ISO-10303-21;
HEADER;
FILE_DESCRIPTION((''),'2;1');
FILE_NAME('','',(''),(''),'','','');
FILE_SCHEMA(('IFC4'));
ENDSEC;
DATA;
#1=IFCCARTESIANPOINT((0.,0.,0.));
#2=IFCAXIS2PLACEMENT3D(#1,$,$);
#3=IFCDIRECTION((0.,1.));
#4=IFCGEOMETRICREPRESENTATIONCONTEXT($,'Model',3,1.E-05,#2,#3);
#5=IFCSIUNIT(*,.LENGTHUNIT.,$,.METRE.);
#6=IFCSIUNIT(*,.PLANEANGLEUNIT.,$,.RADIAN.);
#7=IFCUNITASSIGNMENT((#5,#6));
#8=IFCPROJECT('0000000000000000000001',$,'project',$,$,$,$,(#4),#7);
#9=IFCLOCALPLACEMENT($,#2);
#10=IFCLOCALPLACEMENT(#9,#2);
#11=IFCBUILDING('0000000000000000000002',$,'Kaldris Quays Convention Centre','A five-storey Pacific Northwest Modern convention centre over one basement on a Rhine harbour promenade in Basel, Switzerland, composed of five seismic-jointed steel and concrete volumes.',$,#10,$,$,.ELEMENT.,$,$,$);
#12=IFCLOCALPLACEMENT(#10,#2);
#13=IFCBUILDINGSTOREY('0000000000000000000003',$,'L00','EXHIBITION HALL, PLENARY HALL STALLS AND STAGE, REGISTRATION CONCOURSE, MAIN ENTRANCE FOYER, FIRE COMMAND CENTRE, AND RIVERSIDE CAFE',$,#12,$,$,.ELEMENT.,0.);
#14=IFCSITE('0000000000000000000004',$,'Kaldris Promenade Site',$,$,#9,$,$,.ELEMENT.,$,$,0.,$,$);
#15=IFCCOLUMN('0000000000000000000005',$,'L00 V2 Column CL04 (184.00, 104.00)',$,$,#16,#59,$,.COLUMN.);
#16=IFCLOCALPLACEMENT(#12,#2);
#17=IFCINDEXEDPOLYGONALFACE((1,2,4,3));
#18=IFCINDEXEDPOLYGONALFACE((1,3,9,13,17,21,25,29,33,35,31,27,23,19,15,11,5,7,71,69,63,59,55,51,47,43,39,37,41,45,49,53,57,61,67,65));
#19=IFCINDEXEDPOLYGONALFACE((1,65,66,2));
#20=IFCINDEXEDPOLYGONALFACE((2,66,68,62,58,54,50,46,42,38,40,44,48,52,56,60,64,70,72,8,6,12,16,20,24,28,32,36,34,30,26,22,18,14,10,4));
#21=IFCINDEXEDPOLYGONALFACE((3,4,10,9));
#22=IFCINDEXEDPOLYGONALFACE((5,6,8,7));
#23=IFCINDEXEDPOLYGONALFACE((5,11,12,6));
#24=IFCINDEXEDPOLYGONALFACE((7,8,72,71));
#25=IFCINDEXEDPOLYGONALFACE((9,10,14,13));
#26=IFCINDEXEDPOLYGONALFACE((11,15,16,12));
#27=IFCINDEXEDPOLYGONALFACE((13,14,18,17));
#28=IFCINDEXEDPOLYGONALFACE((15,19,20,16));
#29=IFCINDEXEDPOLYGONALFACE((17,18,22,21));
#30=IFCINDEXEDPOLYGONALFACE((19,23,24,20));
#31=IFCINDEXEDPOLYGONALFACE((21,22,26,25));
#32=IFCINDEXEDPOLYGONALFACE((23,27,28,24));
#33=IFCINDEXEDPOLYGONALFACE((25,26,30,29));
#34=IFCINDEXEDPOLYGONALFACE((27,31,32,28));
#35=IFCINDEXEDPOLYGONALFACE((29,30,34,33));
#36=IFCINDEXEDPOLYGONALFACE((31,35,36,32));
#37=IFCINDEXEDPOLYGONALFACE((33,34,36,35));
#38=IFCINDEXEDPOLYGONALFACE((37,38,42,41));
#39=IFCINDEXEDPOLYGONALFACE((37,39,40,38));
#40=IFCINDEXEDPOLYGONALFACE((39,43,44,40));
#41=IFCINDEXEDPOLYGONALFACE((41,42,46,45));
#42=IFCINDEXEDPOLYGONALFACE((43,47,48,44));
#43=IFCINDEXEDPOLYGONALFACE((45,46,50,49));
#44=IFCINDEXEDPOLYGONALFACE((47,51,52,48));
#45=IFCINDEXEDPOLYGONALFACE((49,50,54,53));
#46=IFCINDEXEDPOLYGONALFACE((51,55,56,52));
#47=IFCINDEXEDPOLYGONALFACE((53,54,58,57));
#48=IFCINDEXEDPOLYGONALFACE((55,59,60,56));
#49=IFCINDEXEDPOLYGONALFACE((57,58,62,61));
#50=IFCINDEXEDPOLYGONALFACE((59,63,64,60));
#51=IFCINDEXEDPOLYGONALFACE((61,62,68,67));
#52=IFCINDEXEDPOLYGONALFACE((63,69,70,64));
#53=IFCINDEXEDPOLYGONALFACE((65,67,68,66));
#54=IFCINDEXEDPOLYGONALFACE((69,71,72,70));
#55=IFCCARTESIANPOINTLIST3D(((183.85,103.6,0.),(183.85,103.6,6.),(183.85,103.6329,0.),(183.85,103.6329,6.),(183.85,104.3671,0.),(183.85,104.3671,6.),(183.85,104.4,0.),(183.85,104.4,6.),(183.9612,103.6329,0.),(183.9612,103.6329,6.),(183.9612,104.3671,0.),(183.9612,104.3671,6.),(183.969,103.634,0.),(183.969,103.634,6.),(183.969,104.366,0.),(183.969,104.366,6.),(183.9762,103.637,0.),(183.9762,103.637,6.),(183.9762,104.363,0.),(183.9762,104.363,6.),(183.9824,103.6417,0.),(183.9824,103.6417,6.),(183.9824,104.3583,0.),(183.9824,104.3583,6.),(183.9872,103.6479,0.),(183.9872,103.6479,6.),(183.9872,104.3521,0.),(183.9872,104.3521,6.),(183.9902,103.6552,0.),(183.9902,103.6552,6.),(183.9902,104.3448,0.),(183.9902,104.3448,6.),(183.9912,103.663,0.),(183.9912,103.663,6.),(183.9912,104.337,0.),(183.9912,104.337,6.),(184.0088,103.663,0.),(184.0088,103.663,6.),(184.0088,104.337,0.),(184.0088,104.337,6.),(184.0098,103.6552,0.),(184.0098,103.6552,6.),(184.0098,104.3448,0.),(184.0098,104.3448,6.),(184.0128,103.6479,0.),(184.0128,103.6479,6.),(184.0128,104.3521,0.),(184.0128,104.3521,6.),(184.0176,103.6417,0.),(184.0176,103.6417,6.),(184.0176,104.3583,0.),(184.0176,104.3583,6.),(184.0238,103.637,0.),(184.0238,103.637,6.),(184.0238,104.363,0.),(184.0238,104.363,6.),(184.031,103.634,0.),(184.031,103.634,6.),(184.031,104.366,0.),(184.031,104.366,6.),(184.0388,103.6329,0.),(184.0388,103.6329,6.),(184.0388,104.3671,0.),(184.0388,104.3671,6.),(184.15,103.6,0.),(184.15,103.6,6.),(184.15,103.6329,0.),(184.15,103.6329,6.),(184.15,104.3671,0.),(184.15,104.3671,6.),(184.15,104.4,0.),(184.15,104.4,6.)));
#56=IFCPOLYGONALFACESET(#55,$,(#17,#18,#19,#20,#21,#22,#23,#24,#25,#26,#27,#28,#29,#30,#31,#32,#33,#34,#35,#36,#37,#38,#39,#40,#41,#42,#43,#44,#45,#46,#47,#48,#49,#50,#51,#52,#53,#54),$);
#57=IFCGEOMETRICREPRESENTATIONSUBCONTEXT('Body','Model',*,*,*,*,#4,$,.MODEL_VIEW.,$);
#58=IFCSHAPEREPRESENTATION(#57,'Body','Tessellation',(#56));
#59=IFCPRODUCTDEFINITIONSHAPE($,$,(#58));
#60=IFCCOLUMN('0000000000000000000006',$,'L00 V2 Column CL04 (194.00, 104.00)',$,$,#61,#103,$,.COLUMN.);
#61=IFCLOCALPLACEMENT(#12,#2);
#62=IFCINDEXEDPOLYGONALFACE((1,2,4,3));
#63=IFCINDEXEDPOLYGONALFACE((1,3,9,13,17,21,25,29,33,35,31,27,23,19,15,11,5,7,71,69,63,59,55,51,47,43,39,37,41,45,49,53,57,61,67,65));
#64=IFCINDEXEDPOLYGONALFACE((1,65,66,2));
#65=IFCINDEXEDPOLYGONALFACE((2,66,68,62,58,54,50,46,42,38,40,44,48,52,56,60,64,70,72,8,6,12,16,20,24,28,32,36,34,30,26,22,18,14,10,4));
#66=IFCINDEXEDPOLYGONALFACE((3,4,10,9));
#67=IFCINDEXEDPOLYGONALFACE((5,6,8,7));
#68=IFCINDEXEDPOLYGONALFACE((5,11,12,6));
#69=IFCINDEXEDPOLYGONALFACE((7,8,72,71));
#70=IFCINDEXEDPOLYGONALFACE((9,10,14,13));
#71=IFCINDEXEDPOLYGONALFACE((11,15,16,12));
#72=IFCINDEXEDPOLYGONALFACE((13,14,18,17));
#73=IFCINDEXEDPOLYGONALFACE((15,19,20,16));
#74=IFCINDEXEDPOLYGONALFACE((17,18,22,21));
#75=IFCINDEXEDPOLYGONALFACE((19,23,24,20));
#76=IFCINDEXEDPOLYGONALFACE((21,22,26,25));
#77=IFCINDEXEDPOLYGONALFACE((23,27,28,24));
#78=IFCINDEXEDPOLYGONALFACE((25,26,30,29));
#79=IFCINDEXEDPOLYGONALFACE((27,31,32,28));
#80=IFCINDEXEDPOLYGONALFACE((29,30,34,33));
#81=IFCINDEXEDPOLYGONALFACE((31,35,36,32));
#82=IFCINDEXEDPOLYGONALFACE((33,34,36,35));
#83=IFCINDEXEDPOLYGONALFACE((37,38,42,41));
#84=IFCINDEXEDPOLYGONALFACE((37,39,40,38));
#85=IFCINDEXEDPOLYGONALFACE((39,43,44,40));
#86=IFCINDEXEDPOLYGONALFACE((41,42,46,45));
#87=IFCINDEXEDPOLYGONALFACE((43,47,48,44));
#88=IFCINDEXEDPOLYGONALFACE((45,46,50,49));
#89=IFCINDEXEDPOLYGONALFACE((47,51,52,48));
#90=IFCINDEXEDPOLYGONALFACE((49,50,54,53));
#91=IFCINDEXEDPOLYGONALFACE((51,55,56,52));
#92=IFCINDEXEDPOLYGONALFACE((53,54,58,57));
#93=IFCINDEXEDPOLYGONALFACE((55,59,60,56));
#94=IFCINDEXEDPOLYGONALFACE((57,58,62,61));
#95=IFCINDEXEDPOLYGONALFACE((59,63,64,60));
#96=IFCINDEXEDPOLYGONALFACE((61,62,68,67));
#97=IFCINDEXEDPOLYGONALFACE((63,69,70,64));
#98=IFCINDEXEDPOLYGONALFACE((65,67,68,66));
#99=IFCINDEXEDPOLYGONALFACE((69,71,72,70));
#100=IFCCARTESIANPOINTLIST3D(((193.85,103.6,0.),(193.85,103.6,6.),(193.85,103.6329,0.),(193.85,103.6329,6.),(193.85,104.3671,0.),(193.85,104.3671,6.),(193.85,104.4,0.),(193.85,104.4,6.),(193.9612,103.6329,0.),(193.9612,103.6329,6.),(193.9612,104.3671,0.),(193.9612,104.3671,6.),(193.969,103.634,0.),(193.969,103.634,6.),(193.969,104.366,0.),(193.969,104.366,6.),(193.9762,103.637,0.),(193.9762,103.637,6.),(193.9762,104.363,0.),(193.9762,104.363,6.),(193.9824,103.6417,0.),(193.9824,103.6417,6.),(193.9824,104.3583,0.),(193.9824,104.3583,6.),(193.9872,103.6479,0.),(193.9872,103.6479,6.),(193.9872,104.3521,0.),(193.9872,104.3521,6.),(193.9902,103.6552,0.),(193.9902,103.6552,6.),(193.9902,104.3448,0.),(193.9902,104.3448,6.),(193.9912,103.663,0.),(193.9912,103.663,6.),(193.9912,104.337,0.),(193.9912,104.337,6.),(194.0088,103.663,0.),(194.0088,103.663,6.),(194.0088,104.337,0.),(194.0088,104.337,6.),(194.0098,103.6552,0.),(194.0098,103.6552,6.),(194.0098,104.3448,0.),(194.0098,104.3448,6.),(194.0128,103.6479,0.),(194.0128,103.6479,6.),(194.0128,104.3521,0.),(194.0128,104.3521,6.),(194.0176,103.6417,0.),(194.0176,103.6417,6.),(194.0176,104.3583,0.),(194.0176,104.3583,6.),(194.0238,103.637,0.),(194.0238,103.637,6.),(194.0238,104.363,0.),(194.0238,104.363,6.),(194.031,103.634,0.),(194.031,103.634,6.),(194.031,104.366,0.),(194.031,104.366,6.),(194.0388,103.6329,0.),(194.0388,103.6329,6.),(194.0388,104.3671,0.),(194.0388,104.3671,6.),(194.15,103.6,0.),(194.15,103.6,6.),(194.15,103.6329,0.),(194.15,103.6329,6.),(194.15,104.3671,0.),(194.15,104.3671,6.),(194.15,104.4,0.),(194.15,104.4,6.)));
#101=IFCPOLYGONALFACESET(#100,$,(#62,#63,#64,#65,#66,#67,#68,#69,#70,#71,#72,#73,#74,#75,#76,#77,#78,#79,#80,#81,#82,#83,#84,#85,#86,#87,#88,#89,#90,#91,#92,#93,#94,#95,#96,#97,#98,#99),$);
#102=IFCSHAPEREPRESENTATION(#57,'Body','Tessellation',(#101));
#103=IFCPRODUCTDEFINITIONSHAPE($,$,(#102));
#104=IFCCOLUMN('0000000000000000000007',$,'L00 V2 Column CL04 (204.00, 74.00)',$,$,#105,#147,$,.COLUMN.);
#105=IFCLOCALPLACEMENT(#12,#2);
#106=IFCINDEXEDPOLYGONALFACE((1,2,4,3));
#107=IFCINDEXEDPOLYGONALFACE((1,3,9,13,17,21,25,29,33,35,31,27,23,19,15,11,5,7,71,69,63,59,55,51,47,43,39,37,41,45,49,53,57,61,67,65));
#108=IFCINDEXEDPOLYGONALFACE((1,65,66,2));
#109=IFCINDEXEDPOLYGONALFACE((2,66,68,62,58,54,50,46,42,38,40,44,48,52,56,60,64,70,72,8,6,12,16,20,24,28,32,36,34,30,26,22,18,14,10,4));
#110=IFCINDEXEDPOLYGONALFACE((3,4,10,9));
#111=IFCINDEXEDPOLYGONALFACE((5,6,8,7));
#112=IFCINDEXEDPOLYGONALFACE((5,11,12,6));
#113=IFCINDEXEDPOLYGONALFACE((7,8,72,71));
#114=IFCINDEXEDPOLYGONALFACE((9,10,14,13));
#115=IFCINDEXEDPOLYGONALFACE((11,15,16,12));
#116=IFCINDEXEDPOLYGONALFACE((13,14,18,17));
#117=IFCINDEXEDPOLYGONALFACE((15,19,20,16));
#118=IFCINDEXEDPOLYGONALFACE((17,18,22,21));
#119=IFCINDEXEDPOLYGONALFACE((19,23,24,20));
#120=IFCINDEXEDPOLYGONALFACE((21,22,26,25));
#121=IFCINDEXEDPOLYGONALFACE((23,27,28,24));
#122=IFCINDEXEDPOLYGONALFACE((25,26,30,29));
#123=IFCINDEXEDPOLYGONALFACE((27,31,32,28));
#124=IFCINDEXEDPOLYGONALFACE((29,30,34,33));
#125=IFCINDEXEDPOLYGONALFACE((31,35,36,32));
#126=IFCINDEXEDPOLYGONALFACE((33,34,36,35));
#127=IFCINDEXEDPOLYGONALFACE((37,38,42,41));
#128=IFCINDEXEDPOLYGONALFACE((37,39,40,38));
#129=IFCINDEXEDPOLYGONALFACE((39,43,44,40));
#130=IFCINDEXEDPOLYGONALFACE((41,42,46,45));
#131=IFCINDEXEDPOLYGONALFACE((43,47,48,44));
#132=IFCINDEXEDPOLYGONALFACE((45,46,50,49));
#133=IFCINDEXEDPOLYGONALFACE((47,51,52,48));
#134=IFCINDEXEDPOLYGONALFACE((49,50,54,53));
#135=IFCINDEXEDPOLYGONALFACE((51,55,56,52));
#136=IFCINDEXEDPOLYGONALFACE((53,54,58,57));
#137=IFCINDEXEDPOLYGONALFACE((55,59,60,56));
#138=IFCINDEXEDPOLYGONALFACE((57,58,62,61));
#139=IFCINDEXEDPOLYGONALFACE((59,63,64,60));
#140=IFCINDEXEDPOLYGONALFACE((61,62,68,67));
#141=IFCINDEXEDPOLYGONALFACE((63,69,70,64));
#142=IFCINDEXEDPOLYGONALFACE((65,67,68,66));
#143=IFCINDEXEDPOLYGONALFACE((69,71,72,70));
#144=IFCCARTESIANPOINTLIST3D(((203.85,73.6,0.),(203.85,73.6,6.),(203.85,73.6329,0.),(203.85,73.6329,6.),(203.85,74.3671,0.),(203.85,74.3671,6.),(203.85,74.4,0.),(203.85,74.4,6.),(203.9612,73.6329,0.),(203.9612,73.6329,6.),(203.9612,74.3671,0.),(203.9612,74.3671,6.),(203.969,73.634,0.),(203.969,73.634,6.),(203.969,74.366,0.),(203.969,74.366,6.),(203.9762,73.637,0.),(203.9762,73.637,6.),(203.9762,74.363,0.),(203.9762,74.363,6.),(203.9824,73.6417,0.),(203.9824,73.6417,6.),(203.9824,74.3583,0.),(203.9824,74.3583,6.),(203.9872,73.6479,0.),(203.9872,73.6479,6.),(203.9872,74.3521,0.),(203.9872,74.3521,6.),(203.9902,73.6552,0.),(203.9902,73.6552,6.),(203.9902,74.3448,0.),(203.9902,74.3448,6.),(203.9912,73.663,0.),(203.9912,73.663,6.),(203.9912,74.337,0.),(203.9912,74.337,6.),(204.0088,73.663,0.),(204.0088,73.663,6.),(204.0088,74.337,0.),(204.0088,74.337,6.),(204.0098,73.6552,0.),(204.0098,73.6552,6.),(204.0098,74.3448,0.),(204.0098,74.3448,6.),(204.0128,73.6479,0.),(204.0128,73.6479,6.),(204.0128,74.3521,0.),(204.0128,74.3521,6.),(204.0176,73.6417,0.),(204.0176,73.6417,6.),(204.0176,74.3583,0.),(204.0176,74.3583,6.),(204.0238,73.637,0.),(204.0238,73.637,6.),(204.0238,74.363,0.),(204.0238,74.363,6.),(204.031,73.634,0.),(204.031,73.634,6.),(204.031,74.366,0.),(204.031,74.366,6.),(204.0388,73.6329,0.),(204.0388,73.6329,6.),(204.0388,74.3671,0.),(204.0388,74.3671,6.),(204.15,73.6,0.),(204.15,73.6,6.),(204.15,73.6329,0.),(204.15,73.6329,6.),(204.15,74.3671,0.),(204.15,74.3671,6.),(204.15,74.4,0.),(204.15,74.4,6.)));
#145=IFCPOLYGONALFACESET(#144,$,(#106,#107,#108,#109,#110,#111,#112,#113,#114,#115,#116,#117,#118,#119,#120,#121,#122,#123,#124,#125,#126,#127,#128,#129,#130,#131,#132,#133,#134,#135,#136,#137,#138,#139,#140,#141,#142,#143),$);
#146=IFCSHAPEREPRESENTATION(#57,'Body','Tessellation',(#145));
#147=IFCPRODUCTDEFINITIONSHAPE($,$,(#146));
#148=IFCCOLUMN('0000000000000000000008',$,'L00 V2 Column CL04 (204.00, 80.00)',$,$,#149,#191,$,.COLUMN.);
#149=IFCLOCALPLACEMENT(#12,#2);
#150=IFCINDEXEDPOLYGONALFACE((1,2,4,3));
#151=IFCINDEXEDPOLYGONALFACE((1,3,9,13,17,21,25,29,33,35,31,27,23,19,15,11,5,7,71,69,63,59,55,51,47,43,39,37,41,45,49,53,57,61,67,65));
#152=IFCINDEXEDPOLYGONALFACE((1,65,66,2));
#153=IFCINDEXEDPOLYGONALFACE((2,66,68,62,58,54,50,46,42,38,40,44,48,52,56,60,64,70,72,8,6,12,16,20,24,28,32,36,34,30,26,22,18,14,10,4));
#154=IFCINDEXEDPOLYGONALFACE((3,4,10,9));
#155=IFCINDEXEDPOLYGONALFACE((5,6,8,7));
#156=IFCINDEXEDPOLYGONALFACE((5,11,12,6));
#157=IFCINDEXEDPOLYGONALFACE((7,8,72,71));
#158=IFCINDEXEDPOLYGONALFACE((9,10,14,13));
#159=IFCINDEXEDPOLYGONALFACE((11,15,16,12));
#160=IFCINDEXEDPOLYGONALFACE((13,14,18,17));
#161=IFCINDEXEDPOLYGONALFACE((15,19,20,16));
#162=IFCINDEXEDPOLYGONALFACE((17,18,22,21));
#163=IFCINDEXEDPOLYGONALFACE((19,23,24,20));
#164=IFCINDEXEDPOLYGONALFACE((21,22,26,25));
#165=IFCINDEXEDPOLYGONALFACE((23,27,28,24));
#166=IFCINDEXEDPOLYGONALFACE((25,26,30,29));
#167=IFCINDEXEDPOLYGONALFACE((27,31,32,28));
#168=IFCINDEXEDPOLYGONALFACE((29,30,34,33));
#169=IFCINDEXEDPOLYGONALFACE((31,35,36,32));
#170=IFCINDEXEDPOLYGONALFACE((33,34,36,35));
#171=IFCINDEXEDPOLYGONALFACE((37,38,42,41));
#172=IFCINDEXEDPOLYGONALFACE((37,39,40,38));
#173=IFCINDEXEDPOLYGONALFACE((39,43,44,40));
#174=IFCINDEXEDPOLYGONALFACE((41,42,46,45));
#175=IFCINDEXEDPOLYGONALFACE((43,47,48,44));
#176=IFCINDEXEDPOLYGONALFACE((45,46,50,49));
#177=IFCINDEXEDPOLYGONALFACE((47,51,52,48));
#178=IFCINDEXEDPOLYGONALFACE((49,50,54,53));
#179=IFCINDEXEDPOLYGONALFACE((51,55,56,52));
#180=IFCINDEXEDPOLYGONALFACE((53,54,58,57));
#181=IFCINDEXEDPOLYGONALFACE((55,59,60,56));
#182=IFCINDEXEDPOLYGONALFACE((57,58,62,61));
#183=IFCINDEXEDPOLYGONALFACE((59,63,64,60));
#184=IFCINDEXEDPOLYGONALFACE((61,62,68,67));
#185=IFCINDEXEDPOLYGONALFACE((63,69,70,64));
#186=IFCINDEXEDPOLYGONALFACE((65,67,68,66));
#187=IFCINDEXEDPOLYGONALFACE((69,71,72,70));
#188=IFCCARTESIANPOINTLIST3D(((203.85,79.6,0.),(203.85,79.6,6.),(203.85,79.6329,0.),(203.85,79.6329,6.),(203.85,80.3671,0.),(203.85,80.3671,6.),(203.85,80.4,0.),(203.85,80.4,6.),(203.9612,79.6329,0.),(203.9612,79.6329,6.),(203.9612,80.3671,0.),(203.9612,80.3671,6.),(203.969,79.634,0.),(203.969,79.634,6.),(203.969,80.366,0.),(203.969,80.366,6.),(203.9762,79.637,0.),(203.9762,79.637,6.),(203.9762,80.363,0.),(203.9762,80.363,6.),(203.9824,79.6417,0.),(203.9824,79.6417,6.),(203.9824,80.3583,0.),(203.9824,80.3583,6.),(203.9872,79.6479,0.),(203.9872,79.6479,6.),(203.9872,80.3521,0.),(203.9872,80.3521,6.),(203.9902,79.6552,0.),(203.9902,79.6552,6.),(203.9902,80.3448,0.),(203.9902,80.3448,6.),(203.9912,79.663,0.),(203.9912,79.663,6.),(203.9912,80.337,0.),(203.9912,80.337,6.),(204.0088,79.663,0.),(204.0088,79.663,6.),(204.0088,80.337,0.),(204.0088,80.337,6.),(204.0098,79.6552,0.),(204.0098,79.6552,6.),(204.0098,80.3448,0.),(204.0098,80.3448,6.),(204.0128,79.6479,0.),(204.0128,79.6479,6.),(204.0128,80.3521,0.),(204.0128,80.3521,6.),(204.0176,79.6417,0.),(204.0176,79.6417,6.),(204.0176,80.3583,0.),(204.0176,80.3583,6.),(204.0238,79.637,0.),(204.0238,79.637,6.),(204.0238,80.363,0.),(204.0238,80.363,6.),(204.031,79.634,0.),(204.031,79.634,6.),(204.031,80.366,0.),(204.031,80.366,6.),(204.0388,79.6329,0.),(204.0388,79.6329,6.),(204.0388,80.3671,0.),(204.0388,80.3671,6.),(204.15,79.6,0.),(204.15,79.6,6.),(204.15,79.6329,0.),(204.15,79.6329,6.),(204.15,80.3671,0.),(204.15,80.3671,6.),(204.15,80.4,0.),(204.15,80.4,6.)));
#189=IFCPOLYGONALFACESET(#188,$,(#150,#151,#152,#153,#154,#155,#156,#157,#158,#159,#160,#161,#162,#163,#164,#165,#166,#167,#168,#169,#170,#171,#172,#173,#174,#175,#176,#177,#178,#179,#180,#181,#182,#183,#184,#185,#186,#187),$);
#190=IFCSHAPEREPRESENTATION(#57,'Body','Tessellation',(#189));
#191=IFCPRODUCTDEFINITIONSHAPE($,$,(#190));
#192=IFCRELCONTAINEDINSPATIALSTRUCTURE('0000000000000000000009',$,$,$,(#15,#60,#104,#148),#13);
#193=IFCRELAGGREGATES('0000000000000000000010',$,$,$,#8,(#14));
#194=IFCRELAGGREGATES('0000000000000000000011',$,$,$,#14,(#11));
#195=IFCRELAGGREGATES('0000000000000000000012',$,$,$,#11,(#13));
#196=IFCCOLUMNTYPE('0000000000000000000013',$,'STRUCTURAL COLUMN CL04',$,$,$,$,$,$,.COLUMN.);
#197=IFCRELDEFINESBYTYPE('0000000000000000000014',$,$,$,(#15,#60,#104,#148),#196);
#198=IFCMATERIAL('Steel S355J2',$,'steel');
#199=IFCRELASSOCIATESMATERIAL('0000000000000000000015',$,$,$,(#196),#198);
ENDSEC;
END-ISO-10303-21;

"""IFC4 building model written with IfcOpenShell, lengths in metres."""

from ifc_helpers import new_model, si_unit, direction, frame, origin, origin_2d, place, context, subcontext, project, spatial, i_section, extrude, material, material_profile, profile_set, type_object, element, save


model = new_model("IFC4")

# Units and contexts
model_context = context("Model", 3, precision=1e-05, world=origin(), true_north=direction((0.0, 1.0)))
body_context = subcontext(model_context, "Body", "Model", "MODEL_VIEW")
ifc_project = project(units=[si_unit("LENGTHUNIT", "METRE"), si_unit("PLANEANGLEUNIT", "RADIAN")], contexts=[model_context])

# Site, building, storey
site_placement = place(None, origin())
site = spatial("IfcSite", under=ifc_project, at=site_placement, Name="Kaldris Promenade Site", CompositionType="ELEMENT", RefElevation=0.0)
building_placement = place(site_placement, origin())
building = spatial("IfcBuilding", under=site, at=building_placement, Name="Kaldris Quays Convention Centre", Description="A five-storey Pacific Northwest Modern convention centre over one basement on a Rhine harbour promenade in Basel, Switzerland, composed of five seismic-jointed steel and concrete volumes.", CompositionType="ELEMENT")
storey_placement = place(building_placement, origin())
storey = spatial("IfcBuildingStorey", under=building, at=storey_placement, Name="L00", Description="EXHIBITION HALL, PLENARY HALL STALLS AND STAGE, REGISTRATION CONCOURSE, MAIN ENTRANCE FOYER, FIRE COMMAND CENTRE, AND RIVERSIDE CAFE", CompositionType="ELEMENT", Elevation=0.0)

# Columns
ifc_material_1 = material(Name="Steel S355J2", Category="steel")
ifc_material_profile_1 = material_profile(ifc_material_1, i_section(OverallWidth=0.3, OverallDepth=0.8, WebThickness=0.0176, FlangeThickness=0.033, FilletRadius=0.03, at=origin_2d()), Name="HEB 800")
ifc_profile_set_1 = profile_set([ifc_material_profile_1], Name="Steel S355J2")
column_type = type_object("IfcColumnType", Name="STRUCTURAL COLUMN CL04", PredefinedType="COLUMN", material=ifc_profile_set_1)
for number, where, z_axis, x_axis, name in (
    (1, (184.0, 104.0, 0.0), (0.0, 0.0, 1.0), (1.0, 0.0, 0.0), "L00 V2 Column CL04 (184.00, 104.00)"),
    (2, (194.0, 104.0, 0.0), (0.0, 0.0, 1.0), (1.0, 0.0, 0.0), "L00 V2 Column CL04 (194.00, 104.00)"),
    (3, (204.0, 74.0, 0.0), (0.0, 0.0, 1.0), (1.0, 0.0, 0.0), "L00 V2 Column CL04 (204.00, 74.00)"),
    (4, (204.0, 80.0, 0.0), (0.0, 0.0, 1.0), (1.0, 0.0, 0.0), "L00 V2 Column CL04 (204.00, 80.00)"),
):
    element("IfcColumn", number, at=place(storey_placement, frame(where, z_axis=z_axis, x_axis=x_axis)), inside=storey, type_object=column_type, Name=name, PredefinedType="COLUMN", context=body_context, shape_type="SweptSolid", body=[
        extrude(i_section(OverallWidth=0.3, OverallDepth=0.8, WebThickness=0.0176, FlangeThickness=0.033, FilletRadius=0.03, at=origin_2d()), origin(), (0.0, 0.0, 1.0), 6.0),
    ])

save(model, "model.ifc")
